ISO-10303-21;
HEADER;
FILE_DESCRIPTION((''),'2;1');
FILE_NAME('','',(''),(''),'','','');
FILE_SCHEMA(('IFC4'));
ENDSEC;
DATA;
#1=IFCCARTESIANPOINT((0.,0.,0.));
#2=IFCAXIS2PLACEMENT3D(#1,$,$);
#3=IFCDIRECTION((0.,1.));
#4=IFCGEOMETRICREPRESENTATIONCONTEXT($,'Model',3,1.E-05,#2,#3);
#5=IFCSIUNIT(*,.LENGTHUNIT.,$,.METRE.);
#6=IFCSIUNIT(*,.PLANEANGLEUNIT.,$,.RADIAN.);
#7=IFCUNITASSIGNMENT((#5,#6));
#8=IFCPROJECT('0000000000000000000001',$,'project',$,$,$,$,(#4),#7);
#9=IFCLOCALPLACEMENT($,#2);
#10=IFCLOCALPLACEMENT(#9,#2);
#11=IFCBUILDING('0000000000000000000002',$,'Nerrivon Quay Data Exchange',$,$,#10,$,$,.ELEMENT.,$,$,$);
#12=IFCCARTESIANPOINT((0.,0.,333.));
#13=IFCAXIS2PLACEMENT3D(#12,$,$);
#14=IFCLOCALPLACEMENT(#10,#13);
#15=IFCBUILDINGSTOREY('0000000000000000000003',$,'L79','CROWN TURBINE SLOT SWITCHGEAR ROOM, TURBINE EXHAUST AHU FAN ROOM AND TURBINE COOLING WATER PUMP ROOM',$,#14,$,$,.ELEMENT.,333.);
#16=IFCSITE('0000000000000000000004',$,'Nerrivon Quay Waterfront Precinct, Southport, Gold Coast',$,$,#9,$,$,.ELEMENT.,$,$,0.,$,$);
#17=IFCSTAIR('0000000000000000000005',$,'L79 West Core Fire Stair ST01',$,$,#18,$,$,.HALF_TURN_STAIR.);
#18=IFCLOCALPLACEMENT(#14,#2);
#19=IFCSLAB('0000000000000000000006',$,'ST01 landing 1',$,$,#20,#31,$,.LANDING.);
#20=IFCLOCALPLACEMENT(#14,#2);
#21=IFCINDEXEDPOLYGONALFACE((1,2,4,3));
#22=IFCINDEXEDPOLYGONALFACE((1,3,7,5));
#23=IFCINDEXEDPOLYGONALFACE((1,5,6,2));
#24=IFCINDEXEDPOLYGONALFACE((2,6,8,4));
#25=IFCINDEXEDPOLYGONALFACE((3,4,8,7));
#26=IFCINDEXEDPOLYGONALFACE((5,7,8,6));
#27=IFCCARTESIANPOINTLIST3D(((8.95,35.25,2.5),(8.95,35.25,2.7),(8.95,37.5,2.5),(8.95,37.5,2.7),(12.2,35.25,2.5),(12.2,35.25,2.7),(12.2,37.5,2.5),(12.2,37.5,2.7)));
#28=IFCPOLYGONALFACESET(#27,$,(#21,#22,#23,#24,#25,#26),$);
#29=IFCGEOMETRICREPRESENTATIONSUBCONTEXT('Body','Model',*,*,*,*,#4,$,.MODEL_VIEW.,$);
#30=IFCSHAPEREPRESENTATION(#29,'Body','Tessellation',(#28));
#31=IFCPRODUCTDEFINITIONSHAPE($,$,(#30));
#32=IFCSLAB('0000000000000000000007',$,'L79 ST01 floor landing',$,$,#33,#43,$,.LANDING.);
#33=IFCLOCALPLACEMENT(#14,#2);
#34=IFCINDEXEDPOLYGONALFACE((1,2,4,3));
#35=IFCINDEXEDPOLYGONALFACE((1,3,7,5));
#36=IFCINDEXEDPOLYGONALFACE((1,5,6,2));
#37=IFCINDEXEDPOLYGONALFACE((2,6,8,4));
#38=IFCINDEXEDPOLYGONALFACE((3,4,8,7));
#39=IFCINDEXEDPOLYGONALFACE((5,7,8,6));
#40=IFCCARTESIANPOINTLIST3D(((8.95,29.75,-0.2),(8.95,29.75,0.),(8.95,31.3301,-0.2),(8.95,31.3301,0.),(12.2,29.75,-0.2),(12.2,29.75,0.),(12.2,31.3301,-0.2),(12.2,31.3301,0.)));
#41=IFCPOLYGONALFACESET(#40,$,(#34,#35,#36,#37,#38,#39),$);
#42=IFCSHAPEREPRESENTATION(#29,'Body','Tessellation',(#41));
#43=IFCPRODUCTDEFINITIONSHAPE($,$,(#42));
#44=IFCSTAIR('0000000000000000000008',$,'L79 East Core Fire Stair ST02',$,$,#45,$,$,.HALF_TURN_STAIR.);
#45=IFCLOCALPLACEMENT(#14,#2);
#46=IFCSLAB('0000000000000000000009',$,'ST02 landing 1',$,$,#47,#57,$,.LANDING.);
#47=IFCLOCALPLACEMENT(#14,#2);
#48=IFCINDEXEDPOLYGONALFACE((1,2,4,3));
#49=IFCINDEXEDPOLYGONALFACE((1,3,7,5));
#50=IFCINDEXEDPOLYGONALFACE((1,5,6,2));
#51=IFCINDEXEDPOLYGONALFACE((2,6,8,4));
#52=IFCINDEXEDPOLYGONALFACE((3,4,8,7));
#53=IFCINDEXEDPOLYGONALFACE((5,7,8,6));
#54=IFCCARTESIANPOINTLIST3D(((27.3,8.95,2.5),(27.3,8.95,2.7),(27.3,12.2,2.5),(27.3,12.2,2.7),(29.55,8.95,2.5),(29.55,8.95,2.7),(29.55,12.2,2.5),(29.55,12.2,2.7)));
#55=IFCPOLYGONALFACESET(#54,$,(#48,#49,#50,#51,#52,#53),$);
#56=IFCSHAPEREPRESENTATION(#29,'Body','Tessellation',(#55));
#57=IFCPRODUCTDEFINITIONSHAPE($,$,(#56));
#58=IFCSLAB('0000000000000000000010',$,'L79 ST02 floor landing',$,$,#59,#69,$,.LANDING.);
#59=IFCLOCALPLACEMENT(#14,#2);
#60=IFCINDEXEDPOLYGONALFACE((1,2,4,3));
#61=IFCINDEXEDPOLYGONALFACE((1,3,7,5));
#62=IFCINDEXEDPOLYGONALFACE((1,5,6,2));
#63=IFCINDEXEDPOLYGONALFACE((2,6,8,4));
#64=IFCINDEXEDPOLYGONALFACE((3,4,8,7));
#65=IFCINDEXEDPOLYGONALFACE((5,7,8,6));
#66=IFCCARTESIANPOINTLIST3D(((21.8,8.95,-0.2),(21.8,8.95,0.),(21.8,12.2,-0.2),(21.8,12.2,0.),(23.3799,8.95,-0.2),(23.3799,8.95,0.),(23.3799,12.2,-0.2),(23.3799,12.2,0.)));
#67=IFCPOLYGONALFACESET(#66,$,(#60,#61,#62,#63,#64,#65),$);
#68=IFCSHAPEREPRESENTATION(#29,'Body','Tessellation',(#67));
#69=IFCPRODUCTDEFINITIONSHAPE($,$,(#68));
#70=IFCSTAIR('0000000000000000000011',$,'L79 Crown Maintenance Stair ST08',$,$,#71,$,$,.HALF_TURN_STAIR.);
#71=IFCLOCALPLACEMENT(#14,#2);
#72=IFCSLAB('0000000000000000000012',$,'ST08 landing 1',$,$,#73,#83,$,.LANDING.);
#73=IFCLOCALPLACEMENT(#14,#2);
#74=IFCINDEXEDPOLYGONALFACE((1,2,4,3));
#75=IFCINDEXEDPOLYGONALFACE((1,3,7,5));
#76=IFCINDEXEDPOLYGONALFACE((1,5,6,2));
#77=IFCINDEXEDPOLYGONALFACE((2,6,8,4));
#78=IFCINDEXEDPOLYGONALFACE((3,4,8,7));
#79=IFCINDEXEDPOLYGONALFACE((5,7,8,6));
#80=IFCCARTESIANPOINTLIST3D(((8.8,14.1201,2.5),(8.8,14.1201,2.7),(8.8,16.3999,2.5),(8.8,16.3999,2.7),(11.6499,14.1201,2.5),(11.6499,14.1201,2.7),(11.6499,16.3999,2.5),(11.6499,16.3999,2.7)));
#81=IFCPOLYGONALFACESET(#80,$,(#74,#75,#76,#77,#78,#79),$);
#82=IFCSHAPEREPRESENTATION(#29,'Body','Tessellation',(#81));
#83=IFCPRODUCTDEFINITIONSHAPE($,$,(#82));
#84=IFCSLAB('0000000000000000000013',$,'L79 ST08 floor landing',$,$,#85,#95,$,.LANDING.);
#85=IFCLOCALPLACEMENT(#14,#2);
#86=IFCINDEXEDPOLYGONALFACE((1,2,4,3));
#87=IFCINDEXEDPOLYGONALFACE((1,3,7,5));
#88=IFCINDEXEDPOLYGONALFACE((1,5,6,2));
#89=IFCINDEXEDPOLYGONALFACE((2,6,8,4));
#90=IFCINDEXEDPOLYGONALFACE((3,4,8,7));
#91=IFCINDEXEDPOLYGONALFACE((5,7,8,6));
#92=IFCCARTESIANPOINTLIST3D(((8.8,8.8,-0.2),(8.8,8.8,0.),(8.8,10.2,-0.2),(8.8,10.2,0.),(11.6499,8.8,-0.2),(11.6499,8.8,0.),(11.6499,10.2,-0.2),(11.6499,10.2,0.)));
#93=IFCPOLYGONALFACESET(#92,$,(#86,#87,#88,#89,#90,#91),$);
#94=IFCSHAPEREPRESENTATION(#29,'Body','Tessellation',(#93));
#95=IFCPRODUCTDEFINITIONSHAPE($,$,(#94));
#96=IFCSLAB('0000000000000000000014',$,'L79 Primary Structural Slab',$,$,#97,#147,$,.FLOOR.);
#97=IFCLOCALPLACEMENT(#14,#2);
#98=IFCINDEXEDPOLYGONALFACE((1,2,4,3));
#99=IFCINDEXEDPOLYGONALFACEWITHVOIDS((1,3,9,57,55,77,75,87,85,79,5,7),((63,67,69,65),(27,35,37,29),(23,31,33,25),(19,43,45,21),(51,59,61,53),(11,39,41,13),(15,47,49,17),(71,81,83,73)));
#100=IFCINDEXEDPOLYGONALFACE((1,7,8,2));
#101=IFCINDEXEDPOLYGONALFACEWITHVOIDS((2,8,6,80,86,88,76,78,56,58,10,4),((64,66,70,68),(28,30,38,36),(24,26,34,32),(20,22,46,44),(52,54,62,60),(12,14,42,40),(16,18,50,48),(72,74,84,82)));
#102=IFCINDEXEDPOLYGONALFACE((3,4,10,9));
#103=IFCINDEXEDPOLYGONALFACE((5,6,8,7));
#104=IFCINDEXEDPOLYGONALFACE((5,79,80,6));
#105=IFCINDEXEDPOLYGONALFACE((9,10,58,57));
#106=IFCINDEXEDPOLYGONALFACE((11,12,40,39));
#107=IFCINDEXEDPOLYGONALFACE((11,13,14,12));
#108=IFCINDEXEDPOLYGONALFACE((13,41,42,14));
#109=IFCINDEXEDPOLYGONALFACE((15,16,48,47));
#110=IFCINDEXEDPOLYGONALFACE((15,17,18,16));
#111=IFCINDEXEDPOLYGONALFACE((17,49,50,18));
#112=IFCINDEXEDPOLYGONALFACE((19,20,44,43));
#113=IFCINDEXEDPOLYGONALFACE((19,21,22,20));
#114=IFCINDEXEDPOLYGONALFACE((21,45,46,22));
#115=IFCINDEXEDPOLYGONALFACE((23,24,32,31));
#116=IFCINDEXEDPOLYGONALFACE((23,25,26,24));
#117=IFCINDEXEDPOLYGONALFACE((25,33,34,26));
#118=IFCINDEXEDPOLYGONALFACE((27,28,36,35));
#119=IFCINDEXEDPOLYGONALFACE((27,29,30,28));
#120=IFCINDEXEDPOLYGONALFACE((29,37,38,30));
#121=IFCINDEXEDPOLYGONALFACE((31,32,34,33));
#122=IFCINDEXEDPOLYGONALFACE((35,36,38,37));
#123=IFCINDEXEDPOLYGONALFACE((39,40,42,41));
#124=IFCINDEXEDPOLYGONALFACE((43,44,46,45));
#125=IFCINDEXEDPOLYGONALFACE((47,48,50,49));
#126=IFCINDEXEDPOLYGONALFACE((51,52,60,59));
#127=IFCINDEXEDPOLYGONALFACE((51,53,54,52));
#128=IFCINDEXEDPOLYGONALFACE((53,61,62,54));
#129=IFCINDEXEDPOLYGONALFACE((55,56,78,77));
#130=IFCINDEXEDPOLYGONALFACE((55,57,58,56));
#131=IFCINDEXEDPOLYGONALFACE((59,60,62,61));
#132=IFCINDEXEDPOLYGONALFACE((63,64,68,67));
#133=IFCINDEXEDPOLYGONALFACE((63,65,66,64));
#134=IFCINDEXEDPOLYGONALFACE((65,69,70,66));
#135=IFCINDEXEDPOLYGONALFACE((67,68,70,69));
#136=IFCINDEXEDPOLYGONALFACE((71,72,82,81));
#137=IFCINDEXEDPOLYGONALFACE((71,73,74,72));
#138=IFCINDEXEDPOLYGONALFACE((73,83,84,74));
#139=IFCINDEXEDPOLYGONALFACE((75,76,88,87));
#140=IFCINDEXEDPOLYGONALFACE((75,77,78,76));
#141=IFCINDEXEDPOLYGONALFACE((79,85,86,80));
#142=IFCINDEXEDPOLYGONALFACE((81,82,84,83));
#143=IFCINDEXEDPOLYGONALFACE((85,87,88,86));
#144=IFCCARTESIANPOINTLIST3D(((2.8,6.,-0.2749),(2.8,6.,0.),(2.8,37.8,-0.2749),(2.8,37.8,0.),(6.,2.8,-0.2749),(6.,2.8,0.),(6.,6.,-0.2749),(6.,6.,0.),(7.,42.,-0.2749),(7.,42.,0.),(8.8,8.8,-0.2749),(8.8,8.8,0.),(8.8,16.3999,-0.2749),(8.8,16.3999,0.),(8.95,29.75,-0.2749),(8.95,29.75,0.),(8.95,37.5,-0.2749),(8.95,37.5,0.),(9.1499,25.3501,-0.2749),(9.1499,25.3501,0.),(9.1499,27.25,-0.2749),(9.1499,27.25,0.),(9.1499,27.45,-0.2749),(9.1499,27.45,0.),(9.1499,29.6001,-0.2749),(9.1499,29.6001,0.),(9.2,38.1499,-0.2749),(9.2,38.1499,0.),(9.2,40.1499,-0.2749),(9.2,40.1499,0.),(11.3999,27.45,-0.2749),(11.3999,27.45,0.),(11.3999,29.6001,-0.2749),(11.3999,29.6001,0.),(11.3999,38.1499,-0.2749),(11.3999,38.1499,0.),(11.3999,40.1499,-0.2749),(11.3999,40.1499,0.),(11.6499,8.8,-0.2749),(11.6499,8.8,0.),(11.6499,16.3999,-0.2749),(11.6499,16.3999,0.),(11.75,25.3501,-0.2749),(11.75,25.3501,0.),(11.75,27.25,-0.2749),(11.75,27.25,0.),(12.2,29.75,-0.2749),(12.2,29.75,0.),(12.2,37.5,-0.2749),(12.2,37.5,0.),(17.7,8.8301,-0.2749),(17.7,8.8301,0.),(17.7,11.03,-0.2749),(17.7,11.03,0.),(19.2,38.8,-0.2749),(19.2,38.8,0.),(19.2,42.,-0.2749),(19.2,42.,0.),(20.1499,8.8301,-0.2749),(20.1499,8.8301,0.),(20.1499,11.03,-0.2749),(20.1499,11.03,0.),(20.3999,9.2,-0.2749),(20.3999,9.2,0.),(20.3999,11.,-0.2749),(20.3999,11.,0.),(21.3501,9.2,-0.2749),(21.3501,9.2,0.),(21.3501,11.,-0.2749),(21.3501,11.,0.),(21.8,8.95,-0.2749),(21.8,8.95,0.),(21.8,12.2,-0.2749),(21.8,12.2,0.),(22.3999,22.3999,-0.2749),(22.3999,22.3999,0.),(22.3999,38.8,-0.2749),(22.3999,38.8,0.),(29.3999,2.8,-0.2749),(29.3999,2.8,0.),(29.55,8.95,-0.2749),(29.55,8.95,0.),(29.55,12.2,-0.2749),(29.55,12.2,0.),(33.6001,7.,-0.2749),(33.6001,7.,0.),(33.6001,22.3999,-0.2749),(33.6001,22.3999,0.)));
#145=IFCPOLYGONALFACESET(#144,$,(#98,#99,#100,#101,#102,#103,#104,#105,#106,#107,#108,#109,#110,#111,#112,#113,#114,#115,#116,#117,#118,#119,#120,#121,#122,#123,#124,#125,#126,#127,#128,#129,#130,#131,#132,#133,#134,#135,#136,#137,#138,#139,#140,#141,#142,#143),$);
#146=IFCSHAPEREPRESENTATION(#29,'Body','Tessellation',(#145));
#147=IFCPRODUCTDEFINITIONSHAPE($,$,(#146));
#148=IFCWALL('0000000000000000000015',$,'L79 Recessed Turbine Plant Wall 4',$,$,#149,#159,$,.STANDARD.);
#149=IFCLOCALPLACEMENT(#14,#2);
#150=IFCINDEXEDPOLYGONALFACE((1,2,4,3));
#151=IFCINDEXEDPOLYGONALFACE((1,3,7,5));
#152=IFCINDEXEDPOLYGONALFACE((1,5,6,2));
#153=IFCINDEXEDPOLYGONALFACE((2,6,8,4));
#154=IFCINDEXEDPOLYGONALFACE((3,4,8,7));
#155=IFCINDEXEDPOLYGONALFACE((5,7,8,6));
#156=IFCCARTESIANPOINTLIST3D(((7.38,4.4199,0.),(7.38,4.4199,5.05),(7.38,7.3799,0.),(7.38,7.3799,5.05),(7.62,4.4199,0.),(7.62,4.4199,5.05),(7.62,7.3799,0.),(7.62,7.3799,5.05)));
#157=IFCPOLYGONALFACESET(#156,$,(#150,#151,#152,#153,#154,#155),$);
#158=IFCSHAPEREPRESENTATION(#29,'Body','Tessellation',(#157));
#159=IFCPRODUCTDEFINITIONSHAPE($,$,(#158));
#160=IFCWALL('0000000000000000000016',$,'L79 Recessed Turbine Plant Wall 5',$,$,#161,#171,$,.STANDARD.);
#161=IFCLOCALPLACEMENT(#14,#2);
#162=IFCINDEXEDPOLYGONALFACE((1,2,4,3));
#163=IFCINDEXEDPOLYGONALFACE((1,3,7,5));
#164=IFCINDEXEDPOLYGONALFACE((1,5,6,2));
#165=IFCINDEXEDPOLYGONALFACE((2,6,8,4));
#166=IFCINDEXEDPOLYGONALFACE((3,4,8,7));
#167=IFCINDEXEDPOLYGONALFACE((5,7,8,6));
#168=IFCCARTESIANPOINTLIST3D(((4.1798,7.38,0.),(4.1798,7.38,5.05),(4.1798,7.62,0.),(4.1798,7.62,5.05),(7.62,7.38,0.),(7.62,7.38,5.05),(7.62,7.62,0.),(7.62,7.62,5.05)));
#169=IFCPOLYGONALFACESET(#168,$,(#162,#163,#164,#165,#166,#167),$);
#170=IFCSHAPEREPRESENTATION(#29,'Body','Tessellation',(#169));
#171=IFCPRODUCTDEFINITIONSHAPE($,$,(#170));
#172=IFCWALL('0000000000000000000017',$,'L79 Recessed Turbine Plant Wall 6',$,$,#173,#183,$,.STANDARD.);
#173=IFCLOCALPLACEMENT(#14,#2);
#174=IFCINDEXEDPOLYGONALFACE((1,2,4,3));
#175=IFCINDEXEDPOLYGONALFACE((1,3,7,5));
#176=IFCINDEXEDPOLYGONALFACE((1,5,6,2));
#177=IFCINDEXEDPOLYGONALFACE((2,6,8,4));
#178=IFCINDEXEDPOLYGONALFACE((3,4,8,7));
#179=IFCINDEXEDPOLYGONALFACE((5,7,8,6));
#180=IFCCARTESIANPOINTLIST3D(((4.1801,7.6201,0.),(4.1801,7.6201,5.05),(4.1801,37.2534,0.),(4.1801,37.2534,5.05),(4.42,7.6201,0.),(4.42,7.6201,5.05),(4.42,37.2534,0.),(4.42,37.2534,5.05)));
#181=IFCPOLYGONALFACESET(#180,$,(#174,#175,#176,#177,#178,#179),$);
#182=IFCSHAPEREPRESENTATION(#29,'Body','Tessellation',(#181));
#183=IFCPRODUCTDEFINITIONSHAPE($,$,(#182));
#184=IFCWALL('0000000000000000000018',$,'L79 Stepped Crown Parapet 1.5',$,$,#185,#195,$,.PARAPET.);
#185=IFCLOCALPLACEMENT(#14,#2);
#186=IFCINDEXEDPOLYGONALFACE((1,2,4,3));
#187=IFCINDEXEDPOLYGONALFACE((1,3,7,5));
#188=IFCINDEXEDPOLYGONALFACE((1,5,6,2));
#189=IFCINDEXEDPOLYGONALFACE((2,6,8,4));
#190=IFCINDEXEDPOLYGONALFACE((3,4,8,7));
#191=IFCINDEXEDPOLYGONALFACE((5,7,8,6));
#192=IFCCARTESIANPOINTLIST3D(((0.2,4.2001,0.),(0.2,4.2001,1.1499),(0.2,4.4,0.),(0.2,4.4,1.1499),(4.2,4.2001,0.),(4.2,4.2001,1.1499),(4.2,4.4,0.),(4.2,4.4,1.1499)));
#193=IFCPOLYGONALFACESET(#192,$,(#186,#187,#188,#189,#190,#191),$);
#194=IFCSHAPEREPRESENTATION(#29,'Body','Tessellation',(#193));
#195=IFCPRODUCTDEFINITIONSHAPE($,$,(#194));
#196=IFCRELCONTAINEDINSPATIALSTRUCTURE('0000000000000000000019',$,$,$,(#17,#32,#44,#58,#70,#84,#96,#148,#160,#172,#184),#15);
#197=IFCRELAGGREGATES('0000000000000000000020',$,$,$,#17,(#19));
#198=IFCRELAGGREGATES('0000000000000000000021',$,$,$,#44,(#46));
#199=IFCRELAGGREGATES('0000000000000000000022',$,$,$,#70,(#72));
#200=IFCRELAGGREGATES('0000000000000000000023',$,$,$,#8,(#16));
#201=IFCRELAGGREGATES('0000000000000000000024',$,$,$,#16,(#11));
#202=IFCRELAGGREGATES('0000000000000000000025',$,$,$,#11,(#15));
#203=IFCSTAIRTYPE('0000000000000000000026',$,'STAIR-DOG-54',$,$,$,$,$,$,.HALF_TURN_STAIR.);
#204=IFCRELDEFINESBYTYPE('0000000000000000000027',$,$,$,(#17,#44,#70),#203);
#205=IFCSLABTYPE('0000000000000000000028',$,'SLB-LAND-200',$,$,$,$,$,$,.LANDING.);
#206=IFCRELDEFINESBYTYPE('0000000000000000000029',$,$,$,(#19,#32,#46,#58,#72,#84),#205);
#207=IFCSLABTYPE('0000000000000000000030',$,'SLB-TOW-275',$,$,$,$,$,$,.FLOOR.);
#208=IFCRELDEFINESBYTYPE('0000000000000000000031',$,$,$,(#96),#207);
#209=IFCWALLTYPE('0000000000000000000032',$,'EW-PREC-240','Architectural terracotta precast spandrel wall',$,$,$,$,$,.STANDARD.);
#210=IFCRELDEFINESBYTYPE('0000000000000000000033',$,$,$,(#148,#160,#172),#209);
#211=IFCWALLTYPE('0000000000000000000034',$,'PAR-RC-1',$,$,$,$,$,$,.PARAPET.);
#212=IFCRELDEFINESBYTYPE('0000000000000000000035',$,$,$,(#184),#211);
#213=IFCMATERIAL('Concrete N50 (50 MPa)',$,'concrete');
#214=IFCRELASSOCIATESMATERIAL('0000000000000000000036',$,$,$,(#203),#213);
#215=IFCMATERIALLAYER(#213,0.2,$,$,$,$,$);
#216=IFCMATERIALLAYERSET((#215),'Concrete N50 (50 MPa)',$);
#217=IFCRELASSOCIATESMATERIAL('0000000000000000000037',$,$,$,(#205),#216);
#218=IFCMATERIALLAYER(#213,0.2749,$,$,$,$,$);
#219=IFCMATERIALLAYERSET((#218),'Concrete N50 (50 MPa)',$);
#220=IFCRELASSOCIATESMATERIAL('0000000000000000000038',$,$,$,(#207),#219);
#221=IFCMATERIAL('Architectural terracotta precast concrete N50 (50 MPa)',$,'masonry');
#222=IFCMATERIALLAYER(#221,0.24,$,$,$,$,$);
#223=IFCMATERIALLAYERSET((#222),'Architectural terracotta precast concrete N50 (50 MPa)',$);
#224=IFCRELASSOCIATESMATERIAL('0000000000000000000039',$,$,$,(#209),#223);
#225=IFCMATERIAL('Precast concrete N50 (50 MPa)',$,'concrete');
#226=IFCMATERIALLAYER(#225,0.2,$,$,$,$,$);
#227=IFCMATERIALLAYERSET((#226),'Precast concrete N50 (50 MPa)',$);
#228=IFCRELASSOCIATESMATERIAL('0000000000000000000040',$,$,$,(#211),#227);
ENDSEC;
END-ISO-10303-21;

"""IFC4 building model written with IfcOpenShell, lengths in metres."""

from ifc_helpers import new_model, si_unit, direction, frame, frame_2d, origin, place, context, subcontext, project, spatial, polyline, rectangle, outline, extrude, material, layer, layer_set, type_object, element, aggregate, save


model = new_model("IFC4")

# Units and contexts
model_context = context("Model", 3, precision=1e-05, world=origin(), true_north=direction((0.0, 1.0)))
body_context = subcontext(model_context, "Body", "Model", "MODEL_VIEW")
ifc_project = project(units=[si_unit("LENGTHUNIT", "METRE"), si_unit("PLANEANGLEUNIT", "RADIAN")], contexts=[model_context])

# Site, building, storey
site_placement = place(None, origin())
site = spatial("IfcSite", under=ifc_project, at=site_placement, Name="Nerrivon Quay Waterfront Precinct, Southport, Gold Coast", CompositionType="ELEMENT", RefElevation=0.0)
building_placement = place(site_placement, origin())
building = spatial("IfcBuilding", under=site, at=building_placement, Name="Nerrivon Quay Data Exchange", CompositionType="ELEMENT")
storey_placement = place(building_placement, frame((0.0, 0.0, 333.0)))
storey = spatial("IfcBuildingStorey", under=building, at=storey_placement, Name="L79", Description="CROWN TURBINE SLOT SWITCHGEAR ROOM, TURBINE EXHAUST AHU FAN ROOM AND TURBINE COOLING WATER PUMP ROOM", CompositionType="ELEMENT", Elevation=333.0)

# Stair, slab
ifc_material_1 = material(Name="Concrete N50 (50 MPa)", Category="concrete")
stair_type = type_object("IfcStairType", Name="STAIR-DOG-54", PredefinedType="HALF_TURN_STAIR", material=ifc_material_1)
stair_1_placement = place(storey_placement, origin())
stair_1 = element("IfcStair", 1, at=stair_1_placement, inside=storey, type_object=stair_type, Name="L79 West Core Fire Stair ST01", PredefinedType="HALF_TURN_STAIR")
ifc_layer_1 = layer(ifc_material_1, 0.2)
ifc_layer_set_1 = layer_set([ifc_layer_1], Name="Concrete N50 (50 MPa)")
slab_type_1 = type_object("IfcSlabType", Name="SLB-LAND-200", PredefinedType="LANDING", material=ifc_layer_set_1)
slab_1_placement = place(storey_placement, frame((0.0, 0.0, 2.5)))
slab_1 = element("IfcSlab", 2, at=slab_1_placement, type_object=slab_type_1, Name="ST01 landing 1", PredefinedType="LANDING", context=body_context, shape_type="SweptSolid", body=[
    extrude(outline(polyline([(12.2, 35.25), (12.2, 37.5), (8.95, 37.5), (8.95, 35.25), (12.2, 35.25)])), origin(), (0.0, 0.0, 1.0), 0.2),
])
aggregate(stair_1, [slab_1])

# Slab
slab_2_placement = place(storey_placement, frame((0.0, 0.0, -0.2)))
element("IfcSlab", 3, at=slab_2_placement, inside=storey, type_object=slab_type_1, Name="L79 ST01 floor landing", PredefinedType="LANDING", context=body_context, shape_type="SweptSolid", body=[
    extrude(outline(polyline([(12.2, 29.75), (12.2, 31.3301), (8.95, 31.3301), (8.95, 29.75), (12.2, 29.75)])), origin(), (0.0, 0.0, 1.0), 0.2),
])

# Stair, slab
stair_2_placement = place(storey_placement, origin())
stair_2 = element("IfcStair", 4, at=stair_2_placement, inside=storey, type_object=stair_type, Name="L79 East Core Fire Stair ST02", PredefinedType="HALF_TURN_STAIR")
slab_3_placement = place(storey_placement, frame((0.0, 0.0, 2.5)))
slab_3 = element("IfcSlab", 5, at=slab_3_placement, type_object=slab_type_1, Name="ST02 landing 1", PredefinedType="LANDING", context=body_context, shape_type="SweptSolid", body=[
    extrude(outline(polyline([(27.3, 8.95), (29.55, 8.95), (29.55, 12.2), (27.3, 12.2), (27.3, 8.95)])), origin(), (0.0, 0.0, 1.0), 0.2),
])
aggregate(stair_2, [slab_3])

# Slab
slab_4_placement = place(storey_placement, frame((0.0, 0.0, -0.2)))
element("IfcSlab", 6, at=slab_4_placement, inside=storey, type_object=slab_type_1, Name="L79 ST02 floor landing", PredefinedType="LANDING", context=body_context, shape_type="SweptSolid", body=[
    extrude(outline(polyline([(21.8, 8.95), (23.3799, 8.95), (23.3799, 12.2), (21.8, 12.2), (21.8, 8.95)])), origin(), (0.0, 0.0, 1.0), 0.2),
])

# Stair, slab
stair_3_placement = place(storey_placement, origin())
stair_3 = element("IfcStair", 7, at=stair_3_placement, inside=storey, type_object=stair_type, Name="L79 Crown Maintenance Stair ST08", PredefinedType="HALF_TURN_STAIR")
slab_5_placement = place(storey_placement, frame((0.0, 0.0, 2.5)))
slab_5 = element("IfcSlab", 8, at=slab_5_placement, type_object=slab_type_1, Name="ST08 landing 1", PredefinedType="LANDING", context=body_context, shape_type="SweptSolid", body=[
    extrude(outline(polyline([(11.6499, 14.1201), (11.6499, 16.3999), (8.8, 16.3999), (8.8, 14.1201), (11.6499, 14.1201)])), origin(), (0.0, 0.0, 1.0), 0.2),
])
aggregate(stair_3, [slab_5])

# Slabs
slab_6_placement = place(storey_placement, frame((0.0, 0.0, -0.2)))
element("IfcSlab", 9, at=slab_6_placement, inside=storey, type_object=slab_type_1, Name="L79 ST08 floor landing", PredefinedType="LANDING", context=body_context, shape_type="SweptSolid", body=[
    extrude(outline(polyline([(11.6499, 8.8), (11.6499, 10.2), (8.8, 10.2), (8.8, 8.8), (11.6499, 8.8)])), origin(), (0.0, 0.0, 1.0), 0.2),
])
ifc_layer_2 = layer(ifc_material_1, 0.2749)
ifc_layer_set_2 = layer_set([ifc_layer_2], Name="Concrete N50 (50 MPa)")
slab_type_2 = type_object("IfcSlabType", Name="SLB-TOW-275", PredefinedType="FLOOR", material=ifc_layer_set_2)
slab_7_placement = place(storey_placement, frame((0.0, 0.0, -0.2749)))
element("IfcSlab", 10, at=slab_7_placement, inside=storey, type_object=slab_type_2, Name="L79 Primary Structural Slab", PredefinedType="FLOOR", context=body_context, shape_type="SweptSolid", body=[
    extrude(outline(polyline([(33.6001, 22.3999), (22.3999, 22.3999), (22.3999, 38.8), (19.2, 38.8), (19.2, 42.0), (7.0, 42.0), (2.8, 37.8), (2.8, 6.0), (6.0, 6.0), (6.0, 2.8), (29.3999, 2.8), (33.6001, 7.0), (33.6001, 22.3999)]), holes=[polyline([(8.95, 29.75), (8.95, 37.5), (12.2, 37.5), (12.2, 29.75), (8.95, 29.75)]), polyline([(21.8, 12.2), (29.55, 12.2), (29.55, 8.95), (21.8, 8.95), (21.8, 12.2)]), polyline([(8.8, 8.8), (8.8, 16.3999), (11.6499, 16.3999), (11.6499, 8.8), (8.8, 8.8)]), polyline([(21.3501, 9.2), (20.3999, 9.2), (20.3999, 11.0), (21.3501, 11.0), (21.3501, 9.2)]), polyline([(20.1499, 8.8301), (17.7, 8.8301), (17.7, 11.03), (20.1499, 11.03), (20.1499, 8.8301)]), polyline([(11.75, 25.3501), (9.1499, 25.3501), (9.1499, 27.25), (11.75, 27.25), (11.75, 25.3501)]), polyline([(9.1499, 27.45), (9.1499, 29.6001), (11.3999, 29.6001), (11.3999, 27.45), (9.1499, 27.45)]), polyline([(9.2, 38.1499), (9.2, 40.1499), (11.3999, 40.1499), (11.3999, 38.1499), (9.2, 38.1499)])]), origin(), (0.0, 0.0, 1.0), 0.2749),
])

# Walls
ifc_material_2 = material(Name="Architectural terracotta precast concrete N50 (50 MPa)", Category="masonry")
ifc_layer_3 = layer(ifc_material_2, 0.24)
ifc_layer_set_3 = layer_set([ifc_layer_3], Name="Architectural terracotta precast concrete N50 (50 MPa)")
wall_type_1 = type_object("IfcWallType", Name="EW-PREC-240", Description="Architectural terracotta precast spandrel wall", PredefinedType="STANDARD", material=ifc_layer_set_3)
wall_1_placement = place(storey_placement, frame((7.5, 4.4199, 0.0), z_axis=(0.0, 0.0, 1.0), x_axis=(0.0, 1.0, 0.0)))
element("IfcWall", 11, at=wall_1_placement, inside=storey, type_object=wall_type_1, Name="L79 Recessed Turbine Plant Wall 4", PredefinedType="STANDARD", context=body_context, shape_type="SweptSolid", body=[
    extrude(rectangle(XDim=2.96, YDim=0.24, at=frame_2d((1.48, 0.0))), origin(), (0.0, 0.0, 1.0), 5.05),
])
wall_2_placement = place(storey_placement, frame((7.6201, 7.5, 0.0), z_axis=(0.0, 0.0, 1.0), x_axis=(-1.0, 0.0, 0.0)))
element("IfcWall", 12, at=wall_2_placement, inside=storey, type_object=wall_type_1, Name="L79 Recessed Turbine Plant Wall 5", PredefinedType="STANDARD", context=body_context, shape_type="SweptSolid", body=[
    extrude(rectangle(XDim=3.4402, YDim=0.24, at=frame_2d((1.7202, 0.0))), origin(), (0.0, 0.0, 1.0), 5.05),
])
wall_3_placement = place(storey_placement, frame((4.3, 7.6201, 0.0), z_axis=(0.0, 0.0, 1.0), x_axis=(0.0, 1.0, 0.0)))
element("IfcWall", 13, at=wall_3_placement, inside=storey, type_object=wall_type_1, Name="L79 Recessed Turbine Plant Wall 6", PredefinedType="STANDARD", context=body_context, shape_type="SweptSolid", body=[
    extrude(rectangle(XDim=29.6333, YDim=0.24, at=frame_2d((14.8167, 0.0))), origin(), (0.0, 0.0, 1.0), 5.05),
])
ifc_material_3 = material(Name="Precast concrete N50 (50 MPa)", Category="concrete")
ifc_layer_4 = layer(ifc_material_3, 0.2)
ifc_layer_set_4 = layer_set([ifc_layer_4], Name="Precast concrete N50 (50 MPa)")
wall_type_2 = type_object("IfcWallType", Name="PAR-RC-1", PredefinedType="PARAPET", material=ifc_layer_set_4)
for number, where, z_axis, x_axis, name in (
    (14, (0.2, 4.3, 0.0), (0.0, 0.0, 1.0), (1.0, 0.0, 0.0), "L79 Stepped Crown Parapet 1.5"),
):
    element("IfcWall", number, at=place(storey_placement, frame(where, z_axis=z_axis, x_axis=x_axis)), inside=storey, type_object=wall_type_2, Name=name, PredefinedType="PARAPET", context=body_context, shape_type="SweptSolid", body=[
        extrude(rectangle(XDim=4.0, YDim=0.2, at=frame_2d((2.0, 0.0))), origin(), (0.0, 0.0, 1.0), 1.1499),
    ])

save(model, "model.ifc")
